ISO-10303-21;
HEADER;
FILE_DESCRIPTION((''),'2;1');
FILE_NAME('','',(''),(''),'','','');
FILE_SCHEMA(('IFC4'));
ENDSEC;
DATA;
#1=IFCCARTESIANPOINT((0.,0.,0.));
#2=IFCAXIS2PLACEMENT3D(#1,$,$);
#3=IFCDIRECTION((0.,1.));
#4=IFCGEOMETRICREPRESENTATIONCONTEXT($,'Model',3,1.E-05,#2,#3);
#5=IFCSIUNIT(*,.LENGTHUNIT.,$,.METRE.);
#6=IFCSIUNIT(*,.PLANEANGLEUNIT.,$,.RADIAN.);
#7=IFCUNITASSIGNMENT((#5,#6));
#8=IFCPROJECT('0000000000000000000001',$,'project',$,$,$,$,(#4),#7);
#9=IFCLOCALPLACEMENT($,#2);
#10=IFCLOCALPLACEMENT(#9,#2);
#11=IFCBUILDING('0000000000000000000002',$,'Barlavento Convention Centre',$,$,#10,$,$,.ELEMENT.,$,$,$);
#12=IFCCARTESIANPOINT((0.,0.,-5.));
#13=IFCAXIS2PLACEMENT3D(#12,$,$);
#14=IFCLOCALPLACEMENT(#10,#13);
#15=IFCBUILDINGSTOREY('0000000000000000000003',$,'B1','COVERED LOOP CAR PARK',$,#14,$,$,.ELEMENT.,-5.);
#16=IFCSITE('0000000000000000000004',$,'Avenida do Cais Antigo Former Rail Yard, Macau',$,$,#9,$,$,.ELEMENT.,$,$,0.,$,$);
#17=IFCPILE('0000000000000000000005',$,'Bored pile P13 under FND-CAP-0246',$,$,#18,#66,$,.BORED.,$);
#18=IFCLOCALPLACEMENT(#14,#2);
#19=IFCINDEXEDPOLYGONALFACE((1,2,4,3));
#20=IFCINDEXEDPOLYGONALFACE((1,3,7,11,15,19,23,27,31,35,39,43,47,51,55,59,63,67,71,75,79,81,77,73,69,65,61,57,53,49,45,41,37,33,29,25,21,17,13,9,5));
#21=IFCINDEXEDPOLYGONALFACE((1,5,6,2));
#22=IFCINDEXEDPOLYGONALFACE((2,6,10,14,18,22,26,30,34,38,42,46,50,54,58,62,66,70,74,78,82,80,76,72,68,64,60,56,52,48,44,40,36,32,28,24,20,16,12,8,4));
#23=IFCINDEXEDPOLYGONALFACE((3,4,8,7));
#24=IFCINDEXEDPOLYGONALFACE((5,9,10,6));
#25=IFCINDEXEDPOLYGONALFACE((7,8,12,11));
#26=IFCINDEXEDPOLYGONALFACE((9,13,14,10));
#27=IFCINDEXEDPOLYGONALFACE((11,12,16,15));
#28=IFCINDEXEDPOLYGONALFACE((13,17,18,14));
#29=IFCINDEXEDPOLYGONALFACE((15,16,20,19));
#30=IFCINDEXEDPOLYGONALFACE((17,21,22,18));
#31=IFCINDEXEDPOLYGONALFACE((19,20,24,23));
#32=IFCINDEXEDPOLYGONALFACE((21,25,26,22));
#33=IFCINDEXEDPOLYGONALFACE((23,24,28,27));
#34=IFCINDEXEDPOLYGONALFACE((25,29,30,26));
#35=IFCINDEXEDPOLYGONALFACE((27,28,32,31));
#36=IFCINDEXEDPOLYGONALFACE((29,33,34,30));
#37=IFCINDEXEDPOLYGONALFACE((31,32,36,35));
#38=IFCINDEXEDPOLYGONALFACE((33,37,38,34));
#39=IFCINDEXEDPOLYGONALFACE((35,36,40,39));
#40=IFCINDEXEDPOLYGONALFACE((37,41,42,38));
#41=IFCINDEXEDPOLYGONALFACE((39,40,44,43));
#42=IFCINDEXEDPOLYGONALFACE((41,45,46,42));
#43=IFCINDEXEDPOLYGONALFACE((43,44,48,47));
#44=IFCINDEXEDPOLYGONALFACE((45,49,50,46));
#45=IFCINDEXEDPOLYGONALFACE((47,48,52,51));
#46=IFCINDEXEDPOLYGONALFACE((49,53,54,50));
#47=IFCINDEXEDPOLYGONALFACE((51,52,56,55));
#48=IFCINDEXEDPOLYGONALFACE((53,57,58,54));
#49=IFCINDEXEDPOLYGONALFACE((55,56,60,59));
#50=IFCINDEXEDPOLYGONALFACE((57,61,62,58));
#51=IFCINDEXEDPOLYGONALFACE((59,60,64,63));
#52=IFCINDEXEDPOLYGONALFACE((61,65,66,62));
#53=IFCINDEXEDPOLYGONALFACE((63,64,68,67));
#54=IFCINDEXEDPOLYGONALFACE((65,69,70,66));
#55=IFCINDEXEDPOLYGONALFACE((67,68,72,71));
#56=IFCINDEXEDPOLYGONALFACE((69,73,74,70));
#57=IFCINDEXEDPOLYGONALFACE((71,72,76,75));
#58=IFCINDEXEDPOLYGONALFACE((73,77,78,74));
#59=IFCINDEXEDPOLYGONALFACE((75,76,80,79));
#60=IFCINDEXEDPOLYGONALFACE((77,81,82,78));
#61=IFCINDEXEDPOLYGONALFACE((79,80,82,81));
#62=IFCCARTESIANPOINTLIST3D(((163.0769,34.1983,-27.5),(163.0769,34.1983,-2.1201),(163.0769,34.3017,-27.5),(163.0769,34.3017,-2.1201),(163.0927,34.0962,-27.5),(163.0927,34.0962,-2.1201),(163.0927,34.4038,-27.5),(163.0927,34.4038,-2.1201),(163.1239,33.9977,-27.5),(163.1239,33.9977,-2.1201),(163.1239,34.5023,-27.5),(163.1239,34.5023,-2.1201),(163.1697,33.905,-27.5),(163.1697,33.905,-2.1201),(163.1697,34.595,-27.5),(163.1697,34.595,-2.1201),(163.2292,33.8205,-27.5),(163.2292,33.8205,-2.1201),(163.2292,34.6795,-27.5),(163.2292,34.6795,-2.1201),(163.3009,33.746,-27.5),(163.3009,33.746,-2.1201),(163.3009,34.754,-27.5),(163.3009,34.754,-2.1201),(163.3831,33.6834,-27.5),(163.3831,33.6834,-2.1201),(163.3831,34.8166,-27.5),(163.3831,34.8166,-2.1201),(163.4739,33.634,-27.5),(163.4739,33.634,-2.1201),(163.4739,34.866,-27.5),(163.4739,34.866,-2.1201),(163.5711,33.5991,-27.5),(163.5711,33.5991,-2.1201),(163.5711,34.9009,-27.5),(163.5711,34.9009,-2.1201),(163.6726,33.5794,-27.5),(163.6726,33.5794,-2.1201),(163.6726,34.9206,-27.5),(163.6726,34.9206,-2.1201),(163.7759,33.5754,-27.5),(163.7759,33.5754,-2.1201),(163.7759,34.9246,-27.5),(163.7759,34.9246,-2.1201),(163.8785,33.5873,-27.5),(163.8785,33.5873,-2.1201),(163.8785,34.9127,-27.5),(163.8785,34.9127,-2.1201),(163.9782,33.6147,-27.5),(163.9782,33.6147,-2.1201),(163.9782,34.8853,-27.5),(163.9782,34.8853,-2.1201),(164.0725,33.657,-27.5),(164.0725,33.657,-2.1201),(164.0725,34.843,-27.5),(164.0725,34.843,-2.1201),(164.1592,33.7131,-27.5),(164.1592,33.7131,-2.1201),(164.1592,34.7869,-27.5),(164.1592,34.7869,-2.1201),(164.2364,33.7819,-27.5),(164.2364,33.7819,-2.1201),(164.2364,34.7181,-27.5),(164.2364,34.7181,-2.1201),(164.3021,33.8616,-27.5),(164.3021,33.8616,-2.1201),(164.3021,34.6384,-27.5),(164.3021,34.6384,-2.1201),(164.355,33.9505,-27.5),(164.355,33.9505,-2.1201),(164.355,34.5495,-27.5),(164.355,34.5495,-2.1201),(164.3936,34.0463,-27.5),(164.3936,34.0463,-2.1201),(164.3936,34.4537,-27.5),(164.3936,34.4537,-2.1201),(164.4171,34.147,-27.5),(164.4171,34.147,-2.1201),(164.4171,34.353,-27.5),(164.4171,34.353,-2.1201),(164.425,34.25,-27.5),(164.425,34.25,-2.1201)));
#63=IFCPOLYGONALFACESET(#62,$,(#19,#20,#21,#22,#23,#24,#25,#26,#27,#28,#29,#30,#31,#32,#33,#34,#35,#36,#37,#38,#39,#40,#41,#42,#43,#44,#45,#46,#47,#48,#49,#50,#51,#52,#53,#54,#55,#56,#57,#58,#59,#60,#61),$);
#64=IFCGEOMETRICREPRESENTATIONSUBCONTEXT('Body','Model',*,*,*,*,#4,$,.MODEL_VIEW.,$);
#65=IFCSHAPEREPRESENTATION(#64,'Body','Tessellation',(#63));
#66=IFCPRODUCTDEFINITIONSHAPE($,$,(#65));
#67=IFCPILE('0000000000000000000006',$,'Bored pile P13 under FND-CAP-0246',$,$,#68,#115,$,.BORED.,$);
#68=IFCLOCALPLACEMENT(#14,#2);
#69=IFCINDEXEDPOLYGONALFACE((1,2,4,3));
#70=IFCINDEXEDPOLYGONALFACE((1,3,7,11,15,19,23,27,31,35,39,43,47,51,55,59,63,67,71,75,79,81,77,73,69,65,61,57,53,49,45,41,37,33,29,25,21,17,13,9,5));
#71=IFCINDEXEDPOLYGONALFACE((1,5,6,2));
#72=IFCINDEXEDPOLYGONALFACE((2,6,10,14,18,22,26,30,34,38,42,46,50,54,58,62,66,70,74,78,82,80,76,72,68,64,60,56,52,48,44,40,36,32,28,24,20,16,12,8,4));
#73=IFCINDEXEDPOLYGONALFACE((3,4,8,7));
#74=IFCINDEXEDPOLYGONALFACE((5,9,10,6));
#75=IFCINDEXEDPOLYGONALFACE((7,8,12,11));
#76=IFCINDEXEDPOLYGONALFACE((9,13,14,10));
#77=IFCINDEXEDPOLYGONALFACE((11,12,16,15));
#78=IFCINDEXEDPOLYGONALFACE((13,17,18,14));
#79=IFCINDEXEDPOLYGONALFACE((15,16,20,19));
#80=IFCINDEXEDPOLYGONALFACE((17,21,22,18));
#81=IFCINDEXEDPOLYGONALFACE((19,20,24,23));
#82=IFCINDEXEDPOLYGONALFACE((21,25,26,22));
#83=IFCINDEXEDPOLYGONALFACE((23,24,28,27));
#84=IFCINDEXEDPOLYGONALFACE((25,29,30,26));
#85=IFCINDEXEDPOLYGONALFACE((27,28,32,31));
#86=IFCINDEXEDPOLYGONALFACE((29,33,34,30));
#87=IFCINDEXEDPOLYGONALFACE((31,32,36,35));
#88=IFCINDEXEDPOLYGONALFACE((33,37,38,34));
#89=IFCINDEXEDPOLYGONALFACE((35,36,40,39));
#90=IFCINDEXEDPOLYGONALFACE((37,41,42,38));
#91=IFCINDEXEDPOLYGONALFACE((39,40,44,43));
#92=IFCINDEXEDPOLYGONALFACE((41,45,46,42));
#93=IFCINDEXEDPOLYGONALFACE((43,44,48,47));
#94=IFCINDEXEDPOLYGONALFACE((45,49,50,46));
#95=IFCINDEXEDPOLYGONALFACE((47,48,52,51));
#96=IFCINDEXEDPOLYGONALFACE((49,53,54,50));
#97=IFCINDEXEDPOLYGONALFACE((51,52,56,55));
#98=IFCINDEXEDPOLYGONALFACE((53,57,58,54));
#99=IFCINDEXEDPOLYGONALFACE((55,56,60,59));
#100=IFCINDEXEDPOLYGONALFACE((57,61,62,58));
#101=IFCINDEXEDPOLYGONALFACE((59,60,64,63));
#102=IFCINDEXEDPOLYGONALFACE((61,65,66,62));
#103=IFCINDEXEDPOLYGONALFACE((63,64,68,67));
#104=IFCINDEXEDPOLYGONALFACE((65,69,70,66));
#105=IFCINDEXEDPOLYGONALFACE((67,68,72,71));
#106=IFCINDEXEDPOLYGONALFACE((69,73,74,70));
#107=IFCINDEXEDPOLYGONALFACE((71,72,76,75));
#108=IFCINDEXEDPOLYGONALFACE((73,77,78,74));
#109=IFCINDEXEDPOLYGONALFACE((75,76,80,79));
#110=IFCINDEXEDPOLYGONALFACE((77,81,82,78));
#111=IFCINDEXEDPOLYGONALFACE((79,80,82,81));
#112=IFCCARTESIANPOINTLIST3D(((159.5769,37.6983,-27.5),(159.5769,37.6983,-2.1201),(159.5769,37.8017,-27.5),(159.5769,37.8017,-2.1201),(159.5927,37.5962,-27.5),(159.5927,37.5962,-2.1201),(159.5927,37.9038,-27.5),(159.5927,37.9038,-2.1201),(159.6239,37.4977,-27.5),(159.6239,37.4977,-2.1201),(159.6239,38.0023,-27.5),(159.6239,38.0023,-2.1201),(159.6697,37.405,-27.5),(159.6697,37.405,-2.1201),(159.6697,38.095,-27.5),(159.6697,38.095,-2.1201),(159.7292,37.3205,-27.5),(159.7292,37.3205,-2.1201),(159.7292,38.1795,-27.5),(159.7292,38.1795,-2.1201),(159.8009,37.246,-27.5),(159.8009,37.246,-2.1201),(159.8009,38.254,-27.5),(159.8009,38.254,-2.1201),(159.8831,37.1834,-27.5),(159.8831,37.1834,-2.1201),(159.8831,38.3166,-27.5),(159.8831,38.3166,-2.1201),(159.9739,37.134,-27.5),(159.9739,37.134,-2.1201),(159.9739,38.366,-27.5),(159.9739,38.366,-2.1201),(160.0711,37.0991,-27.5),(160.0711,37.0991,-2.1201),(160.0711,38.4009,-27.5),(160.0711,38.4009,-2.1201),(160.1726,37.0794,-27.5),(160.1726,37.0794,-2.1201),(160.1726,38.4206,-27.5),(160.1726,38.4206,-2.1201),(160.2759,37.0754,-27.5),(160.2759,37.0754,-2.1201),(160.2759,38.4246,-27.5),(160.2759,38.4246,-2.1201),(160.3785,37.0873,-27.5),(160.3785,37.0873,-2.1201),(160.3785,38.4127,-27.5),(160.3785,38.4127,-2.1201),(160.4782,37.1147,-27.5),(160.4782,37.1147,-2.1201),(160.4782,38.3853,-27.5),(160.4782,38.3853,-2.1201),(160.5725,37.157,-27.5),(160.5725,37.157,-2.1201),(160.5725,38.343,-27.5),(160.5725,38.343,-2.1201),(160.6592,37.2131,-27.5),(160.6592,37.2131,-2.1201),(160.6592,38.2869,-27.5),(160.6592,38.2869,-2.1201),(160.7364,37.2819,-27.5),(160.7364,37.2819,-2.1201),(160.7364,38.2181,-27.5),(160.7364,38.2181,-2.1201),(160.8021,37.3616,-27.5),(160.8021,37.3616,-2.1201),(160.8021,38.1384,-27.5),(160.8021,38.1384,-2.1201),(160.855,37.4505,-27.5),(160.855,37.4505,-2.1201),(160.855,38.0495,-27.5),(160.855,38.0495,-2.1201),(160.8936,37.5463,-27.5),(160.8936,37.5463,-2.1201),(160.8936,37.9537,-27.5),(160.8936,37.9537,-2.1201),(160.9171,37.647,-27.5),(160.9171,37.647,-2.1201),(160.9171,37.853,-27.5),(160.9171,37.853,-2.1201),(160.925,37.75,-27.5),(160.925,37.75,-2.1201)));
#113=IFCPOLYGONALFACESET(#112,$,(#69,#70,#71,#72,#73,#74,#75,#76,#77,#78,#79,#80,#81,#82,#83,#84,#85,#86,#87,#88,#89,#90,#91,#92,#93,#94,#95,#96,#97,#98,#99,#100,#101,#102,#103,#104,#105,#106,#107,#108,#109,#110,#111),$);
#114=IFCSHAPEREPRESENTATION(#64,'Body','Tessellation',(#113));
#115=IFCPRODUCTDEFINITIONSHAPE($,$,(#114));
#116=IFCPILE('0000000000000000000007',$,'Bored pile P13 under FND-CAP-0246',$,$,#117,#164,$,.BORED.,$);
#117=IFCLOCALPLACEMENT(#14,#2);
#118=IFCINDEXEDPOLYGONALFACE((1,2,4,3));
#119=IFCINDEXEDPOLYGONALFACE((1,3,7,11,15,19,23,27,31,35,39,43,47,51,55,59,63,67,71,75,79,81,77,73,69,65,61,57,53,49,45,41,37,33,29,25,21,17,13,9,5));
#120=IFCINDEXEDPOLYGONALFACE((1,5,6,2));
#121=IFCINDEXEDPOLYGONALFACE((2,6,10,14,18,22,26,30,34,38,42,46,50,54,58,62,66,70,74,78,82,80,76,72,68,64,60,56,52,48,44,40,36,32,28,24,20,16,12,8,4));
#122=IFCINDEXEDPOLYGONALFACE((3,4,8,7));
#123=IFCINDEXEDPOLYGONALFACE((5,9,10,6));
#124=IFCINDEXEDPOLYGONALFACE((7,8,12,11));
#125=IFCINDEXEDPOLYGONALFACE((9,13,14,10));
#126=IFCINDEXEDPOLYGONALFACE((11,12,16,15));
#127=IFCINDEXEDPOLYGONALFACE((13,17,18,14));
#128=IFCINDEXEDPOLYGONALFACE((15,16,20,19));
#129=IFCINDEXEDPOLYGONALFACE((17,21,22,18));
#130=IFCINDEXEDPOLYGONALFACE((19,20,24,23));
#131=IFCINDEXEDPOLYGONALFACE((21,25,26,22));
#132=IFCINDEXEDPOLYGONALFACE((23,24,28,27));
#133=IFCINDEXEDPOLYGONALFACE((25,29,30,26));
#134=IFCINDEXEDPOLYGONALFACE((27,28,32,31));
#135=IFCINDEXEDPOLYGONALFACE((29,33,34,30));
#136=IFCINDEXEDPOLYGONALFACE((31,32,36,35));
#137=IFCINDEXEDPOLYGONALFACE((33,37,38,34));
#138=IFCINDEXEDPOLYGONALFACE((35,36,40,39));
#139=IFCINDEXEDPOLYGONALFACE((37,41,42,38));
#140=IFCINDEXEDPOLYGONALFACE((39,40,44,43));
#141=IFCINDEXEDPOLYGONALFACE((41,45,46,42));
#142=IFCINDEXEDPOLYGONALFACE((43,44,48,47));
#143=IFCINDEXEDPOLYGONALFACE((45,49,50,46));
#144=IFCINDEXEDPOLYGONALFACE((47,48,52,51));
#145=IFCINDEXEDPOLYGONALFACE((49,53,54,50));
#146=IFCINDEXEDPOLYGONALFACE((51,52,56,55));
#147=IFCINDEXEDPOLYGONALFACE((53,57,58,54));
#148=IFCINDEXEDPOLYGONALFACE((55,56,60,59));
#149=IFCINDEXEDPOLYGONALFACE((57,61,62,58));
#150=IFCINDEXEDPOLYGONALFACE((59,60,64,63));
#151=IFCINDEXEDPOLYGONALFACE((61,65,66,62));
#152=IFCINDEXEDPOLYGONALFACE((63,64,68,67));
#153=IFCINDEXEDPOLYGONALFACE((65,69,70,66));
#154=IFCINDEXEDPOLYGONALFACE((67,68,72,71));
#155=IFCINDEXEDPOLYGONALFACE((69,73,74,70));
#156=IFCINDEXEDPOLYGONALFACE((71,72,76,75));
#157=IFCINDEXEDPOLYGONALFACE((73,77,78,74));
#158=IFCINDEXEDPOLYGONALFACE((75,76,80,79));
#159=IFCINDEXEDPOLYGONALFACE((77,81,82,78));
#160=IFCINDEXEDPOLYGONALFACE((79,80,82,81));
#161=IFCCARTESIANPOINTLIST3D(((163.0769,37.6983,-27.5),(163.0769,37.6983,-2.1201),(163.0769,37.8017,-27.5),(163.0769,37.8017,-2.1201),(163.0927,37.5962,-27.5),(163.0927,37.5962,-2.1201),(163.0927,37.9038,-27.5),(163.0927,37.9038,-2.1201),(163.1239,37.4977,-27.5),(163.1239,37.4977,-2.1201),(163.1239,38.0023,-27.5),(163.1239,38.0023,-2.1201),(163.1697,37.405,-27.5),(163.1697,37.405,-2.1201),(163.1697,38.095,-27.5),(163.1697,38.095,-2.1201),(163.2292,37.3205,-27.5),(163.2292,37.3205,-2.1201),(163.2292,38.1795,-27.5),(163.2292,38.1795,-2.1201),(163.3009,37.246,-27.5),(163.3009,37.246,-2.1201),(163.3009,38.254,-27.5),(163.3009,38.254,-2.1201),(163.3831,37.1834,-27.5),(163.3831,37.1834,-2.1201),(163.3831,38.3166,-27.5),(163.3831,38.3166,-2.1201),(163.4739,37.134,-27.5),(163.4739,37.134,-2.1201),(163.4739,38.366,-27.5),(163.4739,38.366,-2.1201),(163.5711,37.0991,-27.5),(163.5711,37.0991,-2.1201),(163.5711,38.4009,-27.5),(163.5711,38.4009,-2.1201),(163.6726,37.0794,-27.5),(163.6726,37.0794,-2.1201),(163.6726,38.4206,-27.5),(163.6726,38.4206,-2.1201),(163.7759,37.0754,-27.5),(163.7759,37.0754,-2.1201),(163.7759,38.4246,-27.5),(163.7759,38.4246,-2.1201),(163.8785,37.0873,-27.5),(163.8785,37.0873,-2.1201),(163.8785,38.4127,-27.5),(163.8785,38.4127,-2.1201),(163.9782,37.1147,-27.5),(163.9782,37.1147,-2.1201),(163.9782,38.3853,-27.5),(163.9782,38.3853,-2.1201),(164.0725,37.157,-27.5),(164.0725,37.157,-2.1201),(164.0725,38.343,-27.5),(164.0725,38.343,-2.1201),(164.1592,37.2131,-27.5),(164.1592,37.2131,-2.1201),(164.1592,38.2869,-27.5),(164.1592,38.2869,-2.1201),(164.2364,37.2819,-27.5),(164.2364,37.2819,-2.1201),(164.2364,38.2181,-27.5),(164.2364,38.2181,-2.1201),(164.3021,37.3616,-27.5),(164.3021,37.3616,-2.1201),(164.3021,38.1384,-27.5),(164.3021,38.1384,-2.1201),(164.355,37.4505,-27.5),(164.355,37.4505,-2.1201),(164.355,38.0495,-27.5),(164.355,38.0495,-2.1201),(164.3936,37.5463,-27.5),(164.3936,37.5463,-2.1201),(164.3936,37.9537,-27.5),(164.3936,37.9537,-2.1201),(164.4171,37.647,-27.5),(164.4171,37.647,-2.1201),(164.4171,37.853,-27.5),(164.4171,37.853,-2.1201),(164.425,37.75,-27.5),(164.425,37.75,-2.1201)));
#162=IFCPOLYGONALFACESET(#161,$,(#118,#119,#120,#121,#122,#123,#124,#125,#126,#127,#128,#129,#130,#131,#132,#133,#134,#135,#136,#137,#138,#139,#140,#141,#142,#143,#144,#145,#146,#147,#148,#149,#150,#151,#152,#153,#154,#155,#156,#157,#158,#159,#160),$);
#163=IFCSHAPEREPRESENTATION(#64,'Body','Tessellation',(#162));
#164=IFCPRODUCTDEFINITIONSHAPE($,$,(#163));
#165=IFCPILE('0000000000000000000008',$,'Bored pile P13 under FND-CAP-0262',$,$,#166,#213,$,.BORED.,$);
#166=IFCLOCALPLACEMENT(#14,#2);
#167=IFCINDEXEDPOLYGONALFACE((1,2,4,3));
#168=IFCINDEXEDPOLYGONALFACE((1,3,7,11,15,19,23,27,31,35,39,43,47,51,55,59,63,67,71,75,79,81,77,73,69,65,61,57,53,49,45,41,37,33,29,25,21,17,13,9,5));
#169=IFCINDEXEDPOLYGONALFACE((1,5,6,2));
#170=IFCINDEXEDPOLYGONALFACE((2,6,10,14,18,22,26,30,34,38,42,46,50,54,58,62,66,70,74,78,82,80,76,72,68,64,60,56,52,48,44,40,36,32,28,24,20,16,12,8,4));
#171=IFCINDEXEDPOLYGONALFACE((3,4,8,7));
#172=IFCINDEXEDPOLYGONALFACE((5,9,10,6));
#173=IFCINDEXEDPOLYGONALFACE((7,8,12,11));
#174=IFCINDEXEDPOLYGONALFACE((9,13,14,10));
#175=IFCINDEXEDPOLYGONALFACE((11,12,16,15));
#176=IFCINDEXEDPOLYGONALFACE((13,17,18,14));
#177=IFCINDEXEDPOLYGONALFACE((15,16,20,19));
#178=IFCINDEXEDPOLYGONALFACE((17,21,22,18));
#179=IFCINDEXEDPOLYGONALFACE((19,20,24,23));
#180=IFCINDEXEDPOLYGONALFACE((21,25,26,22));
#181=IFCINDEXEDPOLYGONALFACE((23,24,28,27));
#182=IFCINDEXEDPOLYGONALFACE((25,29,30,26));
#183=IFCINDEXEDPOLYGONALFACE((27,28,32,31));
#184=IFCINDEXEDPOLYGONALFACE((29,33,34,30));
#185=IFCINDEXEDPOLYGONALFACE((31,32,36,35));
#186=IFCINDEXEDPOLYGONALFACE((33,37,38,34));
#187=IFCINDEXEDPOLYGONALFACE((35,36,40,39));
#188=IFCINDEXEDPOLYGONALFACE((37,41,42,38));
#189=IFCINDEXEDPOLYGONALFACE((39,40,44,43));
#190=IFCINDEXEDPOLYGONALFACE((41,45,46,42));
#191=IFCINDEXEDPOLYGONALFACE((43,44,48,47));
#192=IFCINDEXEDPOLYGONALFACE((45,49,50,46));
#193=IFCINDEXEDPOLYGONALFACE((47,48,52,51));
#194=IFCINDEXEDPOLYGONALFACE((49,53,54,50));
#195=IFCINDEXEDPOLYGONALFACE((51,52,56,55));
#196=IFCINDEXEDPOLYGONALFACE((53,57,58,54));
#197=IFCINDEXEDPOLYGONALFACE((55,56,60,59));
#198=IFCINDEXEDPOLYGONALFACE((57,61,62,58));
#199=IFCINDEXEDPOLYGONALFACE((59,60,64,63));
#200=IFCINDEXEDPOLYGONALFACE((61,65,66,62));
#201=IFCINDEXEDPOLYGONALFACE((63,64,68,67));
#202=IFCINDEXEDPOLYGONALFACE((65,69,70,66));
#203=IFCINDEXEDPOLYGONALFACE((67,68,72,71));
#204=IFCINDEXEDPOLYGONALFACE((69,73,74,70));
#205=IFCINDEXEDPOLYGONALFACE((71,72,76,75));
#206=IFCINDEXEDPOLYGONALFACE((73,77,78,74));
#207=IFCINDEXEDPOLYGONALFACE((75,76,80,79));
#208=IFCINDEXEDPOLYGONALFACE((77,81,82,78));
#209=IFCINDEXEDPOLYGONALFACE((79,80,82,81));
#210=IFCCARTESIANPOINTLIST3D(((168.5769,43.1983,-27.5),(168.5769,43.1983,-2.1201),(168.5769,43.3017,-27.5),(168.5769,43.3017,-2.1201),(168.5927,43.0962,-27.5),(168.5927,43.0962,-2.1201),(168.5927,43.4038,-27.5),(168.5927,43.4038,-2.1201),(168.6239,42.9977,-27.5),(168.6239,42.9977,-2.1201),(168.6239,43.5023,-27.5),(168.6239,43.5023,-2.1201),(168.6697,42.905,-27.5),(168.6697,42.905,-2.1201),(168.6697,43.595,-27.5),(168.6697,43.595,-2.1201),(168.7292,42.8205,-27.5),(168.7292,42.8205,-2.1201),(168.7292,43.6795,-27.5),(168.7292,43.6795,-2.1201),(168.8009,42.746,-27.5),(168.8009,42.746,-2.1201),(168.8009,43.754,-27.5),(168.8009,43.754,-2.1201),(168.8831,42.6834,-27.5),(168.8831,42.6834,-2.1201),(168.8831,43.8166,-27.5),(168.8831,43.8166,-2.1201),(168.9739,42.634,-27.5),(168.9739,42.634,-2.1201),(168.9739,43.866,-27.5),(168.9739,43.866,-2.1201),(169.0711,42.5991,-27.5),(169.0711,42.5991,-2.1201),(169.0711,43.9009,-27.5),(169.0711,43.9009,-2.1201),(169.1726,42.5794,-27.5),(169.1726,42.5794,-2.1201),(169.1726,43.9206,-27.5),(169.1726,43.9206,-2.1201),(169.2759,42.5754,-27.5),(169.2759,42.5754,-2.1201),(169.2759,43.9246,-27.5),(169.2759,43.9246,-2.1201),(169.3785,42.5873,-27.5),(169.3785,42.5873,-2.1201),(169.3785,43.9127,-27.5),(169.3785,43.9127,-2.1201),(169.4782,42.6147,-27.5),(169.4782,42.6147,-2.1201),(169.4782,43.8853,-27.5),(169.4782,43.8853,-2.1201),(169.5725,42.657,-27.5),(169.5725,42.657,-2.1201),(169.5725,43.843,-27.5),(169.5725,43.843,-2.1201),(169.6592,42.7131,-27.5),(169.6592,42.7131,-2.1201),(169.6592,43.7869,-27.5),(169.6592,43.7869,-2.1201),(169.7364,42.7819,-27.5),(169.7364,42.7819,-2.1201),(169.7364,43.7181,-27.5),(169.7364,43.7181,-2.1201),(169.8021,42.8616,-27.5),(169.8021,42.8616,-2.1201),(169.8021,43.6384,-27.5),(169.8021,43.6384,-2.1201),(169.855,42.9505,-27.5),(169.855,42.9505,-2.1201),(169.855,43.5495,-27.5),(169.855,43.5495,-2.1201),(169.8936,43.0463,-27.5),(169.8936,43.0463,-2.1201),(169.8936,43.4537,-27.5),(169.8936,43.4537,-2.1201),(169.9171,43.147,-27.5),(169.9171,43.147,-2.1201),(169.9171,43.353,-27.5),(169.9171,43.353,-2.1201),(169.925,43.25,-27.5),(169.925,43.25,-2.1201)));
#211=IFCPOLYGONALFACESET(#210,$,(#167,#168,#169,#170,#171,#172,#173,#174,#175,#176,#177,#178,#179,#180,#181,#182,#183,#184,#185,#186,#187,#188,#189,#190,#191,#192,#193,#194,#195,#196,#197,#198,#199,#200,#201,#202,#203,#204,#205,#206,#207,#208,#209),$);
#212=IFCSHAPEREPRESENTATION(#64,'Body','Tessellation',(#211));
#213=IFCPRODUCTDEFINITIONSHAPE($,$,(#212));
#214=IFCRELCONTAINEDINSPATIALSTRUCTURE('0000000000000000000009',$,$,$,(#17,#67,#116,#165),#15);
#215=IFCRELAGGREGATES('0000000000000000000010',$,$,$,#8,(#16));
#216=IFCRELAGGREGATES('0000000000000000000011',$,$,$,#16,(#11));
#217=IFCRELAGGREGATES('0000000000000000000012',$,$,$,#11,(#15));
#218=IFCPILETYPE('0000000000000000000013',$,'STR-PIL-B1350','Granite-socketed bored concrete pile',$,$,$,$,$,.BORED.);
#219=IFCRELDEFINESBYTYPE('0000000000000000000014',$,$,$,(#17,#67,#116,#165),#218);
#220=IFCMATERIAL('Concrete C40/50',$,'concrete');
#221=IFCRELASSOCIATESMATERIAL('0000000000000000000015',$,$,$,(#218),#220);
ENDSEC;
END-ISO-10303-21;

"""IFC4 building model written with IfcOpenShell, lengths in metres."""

from ifc_helpers import new_model, si_unit, direction, frame, origin, origin_2d, place, context, subcontext, project, spatial, circle, extrude, material, material_profile, profile_set, type_object, element, save


model = new_model("IFC4")

# Units and contexts
model_context = context("Model", 3, precision=1e-05, world=origin(), true_north=direction((0.0, 1.0)))
body_context = subcontext(model_context, "Body", "Model", "MODEL_VIEW")
ifc_project = project(units=[si_unit("LENGTHUNIT", "METRE"), si_unit("PLANEANGLEUNIT", "RADIAN")], contexts=[model_context])

# Site, building, storey
site_placement = place(None, origin())
site = spatial("IfcSite", under=ifc_project, at=site_placement, Name="Avenida do Cais Antigo Former Rail Yard, Macau", CompositionType="ELEMENT", RefElevation=0.0)
building_placement = place(site_placement, origin())
building = spatial("IfcBuilding", under=site, at=building_placement, Name="Barlavento Convention Centre", CompositionType="ELEMENT")
storey_placement = place(building_placement, frame((0.0, 0.0, -5.0)))
storey = spatial("IfcBuildingStorey", under=building, at=storey_placement, Name="B1", Description="COVERED LOOP CAR PARK", CompositionType="ELEMENT", Elevation=-5.0)

# Shared definitions
ifc_material_1 = material(Name="Concrete C40/50", Category="concrete")

# Piles
ifc_material_profile_1 = material_profile(ifc_material_1, circle(Radius=0.675, at=origin_2d()), Name="BORED PILE 1350")
ifc_profile_set_1 = profile_set([ifc_material_profile_1], Name="Concrete C40/50")
pile_type_1 = type_object("IfcPileType", Name="STR-PIL-B1350", Description="Granite-socketed bored concrete pile", PredefinedType="BORED", material=ifc_profile_set_1)
for number, where, z_axis, x_axis, name in (
    (1, (163.75, 34.25, -2.1201), (0.0, 0.0, -1.0), (1.0, 0.0, 0.0), "Bored pile P13 under FND-CAP-0246"),
    (2, (160.25, 37.75, -2.1201), (0.0, 0.0, -1.0), (1.0, 0.0, 0.0), "Bored pile P13 under FND-CAP-0246"),
    (3, (163.75, 37.75, -2.1201), (0.0, 0.0, -1.0), (1.0, 0.0, 0.0), "Bored pile P13 under FND-CAP-0246"),
    (4, (169.25, 43.25, -2.1201), (0.0, 0.0, -1.0), (1.0, 0.0, 0.0), "Bored pile P13 under FND-CAP-0262"),
):
    element("IfcPile", number, at=place(storey_placement, frame(where, z_axis=z_axis, x_axis=x_axis)), inside=storey, type_object=pile_type_1, Name=name, PredefinedType="BORED", context=body_context, shape_type="SweptSolid", body=[
        extrude(circle(Radius=0.675, at=origin_2d()), origin(), (0.0, 0.0, 1.0), 25.3799),
    ])

save(model, "model.ifc")
